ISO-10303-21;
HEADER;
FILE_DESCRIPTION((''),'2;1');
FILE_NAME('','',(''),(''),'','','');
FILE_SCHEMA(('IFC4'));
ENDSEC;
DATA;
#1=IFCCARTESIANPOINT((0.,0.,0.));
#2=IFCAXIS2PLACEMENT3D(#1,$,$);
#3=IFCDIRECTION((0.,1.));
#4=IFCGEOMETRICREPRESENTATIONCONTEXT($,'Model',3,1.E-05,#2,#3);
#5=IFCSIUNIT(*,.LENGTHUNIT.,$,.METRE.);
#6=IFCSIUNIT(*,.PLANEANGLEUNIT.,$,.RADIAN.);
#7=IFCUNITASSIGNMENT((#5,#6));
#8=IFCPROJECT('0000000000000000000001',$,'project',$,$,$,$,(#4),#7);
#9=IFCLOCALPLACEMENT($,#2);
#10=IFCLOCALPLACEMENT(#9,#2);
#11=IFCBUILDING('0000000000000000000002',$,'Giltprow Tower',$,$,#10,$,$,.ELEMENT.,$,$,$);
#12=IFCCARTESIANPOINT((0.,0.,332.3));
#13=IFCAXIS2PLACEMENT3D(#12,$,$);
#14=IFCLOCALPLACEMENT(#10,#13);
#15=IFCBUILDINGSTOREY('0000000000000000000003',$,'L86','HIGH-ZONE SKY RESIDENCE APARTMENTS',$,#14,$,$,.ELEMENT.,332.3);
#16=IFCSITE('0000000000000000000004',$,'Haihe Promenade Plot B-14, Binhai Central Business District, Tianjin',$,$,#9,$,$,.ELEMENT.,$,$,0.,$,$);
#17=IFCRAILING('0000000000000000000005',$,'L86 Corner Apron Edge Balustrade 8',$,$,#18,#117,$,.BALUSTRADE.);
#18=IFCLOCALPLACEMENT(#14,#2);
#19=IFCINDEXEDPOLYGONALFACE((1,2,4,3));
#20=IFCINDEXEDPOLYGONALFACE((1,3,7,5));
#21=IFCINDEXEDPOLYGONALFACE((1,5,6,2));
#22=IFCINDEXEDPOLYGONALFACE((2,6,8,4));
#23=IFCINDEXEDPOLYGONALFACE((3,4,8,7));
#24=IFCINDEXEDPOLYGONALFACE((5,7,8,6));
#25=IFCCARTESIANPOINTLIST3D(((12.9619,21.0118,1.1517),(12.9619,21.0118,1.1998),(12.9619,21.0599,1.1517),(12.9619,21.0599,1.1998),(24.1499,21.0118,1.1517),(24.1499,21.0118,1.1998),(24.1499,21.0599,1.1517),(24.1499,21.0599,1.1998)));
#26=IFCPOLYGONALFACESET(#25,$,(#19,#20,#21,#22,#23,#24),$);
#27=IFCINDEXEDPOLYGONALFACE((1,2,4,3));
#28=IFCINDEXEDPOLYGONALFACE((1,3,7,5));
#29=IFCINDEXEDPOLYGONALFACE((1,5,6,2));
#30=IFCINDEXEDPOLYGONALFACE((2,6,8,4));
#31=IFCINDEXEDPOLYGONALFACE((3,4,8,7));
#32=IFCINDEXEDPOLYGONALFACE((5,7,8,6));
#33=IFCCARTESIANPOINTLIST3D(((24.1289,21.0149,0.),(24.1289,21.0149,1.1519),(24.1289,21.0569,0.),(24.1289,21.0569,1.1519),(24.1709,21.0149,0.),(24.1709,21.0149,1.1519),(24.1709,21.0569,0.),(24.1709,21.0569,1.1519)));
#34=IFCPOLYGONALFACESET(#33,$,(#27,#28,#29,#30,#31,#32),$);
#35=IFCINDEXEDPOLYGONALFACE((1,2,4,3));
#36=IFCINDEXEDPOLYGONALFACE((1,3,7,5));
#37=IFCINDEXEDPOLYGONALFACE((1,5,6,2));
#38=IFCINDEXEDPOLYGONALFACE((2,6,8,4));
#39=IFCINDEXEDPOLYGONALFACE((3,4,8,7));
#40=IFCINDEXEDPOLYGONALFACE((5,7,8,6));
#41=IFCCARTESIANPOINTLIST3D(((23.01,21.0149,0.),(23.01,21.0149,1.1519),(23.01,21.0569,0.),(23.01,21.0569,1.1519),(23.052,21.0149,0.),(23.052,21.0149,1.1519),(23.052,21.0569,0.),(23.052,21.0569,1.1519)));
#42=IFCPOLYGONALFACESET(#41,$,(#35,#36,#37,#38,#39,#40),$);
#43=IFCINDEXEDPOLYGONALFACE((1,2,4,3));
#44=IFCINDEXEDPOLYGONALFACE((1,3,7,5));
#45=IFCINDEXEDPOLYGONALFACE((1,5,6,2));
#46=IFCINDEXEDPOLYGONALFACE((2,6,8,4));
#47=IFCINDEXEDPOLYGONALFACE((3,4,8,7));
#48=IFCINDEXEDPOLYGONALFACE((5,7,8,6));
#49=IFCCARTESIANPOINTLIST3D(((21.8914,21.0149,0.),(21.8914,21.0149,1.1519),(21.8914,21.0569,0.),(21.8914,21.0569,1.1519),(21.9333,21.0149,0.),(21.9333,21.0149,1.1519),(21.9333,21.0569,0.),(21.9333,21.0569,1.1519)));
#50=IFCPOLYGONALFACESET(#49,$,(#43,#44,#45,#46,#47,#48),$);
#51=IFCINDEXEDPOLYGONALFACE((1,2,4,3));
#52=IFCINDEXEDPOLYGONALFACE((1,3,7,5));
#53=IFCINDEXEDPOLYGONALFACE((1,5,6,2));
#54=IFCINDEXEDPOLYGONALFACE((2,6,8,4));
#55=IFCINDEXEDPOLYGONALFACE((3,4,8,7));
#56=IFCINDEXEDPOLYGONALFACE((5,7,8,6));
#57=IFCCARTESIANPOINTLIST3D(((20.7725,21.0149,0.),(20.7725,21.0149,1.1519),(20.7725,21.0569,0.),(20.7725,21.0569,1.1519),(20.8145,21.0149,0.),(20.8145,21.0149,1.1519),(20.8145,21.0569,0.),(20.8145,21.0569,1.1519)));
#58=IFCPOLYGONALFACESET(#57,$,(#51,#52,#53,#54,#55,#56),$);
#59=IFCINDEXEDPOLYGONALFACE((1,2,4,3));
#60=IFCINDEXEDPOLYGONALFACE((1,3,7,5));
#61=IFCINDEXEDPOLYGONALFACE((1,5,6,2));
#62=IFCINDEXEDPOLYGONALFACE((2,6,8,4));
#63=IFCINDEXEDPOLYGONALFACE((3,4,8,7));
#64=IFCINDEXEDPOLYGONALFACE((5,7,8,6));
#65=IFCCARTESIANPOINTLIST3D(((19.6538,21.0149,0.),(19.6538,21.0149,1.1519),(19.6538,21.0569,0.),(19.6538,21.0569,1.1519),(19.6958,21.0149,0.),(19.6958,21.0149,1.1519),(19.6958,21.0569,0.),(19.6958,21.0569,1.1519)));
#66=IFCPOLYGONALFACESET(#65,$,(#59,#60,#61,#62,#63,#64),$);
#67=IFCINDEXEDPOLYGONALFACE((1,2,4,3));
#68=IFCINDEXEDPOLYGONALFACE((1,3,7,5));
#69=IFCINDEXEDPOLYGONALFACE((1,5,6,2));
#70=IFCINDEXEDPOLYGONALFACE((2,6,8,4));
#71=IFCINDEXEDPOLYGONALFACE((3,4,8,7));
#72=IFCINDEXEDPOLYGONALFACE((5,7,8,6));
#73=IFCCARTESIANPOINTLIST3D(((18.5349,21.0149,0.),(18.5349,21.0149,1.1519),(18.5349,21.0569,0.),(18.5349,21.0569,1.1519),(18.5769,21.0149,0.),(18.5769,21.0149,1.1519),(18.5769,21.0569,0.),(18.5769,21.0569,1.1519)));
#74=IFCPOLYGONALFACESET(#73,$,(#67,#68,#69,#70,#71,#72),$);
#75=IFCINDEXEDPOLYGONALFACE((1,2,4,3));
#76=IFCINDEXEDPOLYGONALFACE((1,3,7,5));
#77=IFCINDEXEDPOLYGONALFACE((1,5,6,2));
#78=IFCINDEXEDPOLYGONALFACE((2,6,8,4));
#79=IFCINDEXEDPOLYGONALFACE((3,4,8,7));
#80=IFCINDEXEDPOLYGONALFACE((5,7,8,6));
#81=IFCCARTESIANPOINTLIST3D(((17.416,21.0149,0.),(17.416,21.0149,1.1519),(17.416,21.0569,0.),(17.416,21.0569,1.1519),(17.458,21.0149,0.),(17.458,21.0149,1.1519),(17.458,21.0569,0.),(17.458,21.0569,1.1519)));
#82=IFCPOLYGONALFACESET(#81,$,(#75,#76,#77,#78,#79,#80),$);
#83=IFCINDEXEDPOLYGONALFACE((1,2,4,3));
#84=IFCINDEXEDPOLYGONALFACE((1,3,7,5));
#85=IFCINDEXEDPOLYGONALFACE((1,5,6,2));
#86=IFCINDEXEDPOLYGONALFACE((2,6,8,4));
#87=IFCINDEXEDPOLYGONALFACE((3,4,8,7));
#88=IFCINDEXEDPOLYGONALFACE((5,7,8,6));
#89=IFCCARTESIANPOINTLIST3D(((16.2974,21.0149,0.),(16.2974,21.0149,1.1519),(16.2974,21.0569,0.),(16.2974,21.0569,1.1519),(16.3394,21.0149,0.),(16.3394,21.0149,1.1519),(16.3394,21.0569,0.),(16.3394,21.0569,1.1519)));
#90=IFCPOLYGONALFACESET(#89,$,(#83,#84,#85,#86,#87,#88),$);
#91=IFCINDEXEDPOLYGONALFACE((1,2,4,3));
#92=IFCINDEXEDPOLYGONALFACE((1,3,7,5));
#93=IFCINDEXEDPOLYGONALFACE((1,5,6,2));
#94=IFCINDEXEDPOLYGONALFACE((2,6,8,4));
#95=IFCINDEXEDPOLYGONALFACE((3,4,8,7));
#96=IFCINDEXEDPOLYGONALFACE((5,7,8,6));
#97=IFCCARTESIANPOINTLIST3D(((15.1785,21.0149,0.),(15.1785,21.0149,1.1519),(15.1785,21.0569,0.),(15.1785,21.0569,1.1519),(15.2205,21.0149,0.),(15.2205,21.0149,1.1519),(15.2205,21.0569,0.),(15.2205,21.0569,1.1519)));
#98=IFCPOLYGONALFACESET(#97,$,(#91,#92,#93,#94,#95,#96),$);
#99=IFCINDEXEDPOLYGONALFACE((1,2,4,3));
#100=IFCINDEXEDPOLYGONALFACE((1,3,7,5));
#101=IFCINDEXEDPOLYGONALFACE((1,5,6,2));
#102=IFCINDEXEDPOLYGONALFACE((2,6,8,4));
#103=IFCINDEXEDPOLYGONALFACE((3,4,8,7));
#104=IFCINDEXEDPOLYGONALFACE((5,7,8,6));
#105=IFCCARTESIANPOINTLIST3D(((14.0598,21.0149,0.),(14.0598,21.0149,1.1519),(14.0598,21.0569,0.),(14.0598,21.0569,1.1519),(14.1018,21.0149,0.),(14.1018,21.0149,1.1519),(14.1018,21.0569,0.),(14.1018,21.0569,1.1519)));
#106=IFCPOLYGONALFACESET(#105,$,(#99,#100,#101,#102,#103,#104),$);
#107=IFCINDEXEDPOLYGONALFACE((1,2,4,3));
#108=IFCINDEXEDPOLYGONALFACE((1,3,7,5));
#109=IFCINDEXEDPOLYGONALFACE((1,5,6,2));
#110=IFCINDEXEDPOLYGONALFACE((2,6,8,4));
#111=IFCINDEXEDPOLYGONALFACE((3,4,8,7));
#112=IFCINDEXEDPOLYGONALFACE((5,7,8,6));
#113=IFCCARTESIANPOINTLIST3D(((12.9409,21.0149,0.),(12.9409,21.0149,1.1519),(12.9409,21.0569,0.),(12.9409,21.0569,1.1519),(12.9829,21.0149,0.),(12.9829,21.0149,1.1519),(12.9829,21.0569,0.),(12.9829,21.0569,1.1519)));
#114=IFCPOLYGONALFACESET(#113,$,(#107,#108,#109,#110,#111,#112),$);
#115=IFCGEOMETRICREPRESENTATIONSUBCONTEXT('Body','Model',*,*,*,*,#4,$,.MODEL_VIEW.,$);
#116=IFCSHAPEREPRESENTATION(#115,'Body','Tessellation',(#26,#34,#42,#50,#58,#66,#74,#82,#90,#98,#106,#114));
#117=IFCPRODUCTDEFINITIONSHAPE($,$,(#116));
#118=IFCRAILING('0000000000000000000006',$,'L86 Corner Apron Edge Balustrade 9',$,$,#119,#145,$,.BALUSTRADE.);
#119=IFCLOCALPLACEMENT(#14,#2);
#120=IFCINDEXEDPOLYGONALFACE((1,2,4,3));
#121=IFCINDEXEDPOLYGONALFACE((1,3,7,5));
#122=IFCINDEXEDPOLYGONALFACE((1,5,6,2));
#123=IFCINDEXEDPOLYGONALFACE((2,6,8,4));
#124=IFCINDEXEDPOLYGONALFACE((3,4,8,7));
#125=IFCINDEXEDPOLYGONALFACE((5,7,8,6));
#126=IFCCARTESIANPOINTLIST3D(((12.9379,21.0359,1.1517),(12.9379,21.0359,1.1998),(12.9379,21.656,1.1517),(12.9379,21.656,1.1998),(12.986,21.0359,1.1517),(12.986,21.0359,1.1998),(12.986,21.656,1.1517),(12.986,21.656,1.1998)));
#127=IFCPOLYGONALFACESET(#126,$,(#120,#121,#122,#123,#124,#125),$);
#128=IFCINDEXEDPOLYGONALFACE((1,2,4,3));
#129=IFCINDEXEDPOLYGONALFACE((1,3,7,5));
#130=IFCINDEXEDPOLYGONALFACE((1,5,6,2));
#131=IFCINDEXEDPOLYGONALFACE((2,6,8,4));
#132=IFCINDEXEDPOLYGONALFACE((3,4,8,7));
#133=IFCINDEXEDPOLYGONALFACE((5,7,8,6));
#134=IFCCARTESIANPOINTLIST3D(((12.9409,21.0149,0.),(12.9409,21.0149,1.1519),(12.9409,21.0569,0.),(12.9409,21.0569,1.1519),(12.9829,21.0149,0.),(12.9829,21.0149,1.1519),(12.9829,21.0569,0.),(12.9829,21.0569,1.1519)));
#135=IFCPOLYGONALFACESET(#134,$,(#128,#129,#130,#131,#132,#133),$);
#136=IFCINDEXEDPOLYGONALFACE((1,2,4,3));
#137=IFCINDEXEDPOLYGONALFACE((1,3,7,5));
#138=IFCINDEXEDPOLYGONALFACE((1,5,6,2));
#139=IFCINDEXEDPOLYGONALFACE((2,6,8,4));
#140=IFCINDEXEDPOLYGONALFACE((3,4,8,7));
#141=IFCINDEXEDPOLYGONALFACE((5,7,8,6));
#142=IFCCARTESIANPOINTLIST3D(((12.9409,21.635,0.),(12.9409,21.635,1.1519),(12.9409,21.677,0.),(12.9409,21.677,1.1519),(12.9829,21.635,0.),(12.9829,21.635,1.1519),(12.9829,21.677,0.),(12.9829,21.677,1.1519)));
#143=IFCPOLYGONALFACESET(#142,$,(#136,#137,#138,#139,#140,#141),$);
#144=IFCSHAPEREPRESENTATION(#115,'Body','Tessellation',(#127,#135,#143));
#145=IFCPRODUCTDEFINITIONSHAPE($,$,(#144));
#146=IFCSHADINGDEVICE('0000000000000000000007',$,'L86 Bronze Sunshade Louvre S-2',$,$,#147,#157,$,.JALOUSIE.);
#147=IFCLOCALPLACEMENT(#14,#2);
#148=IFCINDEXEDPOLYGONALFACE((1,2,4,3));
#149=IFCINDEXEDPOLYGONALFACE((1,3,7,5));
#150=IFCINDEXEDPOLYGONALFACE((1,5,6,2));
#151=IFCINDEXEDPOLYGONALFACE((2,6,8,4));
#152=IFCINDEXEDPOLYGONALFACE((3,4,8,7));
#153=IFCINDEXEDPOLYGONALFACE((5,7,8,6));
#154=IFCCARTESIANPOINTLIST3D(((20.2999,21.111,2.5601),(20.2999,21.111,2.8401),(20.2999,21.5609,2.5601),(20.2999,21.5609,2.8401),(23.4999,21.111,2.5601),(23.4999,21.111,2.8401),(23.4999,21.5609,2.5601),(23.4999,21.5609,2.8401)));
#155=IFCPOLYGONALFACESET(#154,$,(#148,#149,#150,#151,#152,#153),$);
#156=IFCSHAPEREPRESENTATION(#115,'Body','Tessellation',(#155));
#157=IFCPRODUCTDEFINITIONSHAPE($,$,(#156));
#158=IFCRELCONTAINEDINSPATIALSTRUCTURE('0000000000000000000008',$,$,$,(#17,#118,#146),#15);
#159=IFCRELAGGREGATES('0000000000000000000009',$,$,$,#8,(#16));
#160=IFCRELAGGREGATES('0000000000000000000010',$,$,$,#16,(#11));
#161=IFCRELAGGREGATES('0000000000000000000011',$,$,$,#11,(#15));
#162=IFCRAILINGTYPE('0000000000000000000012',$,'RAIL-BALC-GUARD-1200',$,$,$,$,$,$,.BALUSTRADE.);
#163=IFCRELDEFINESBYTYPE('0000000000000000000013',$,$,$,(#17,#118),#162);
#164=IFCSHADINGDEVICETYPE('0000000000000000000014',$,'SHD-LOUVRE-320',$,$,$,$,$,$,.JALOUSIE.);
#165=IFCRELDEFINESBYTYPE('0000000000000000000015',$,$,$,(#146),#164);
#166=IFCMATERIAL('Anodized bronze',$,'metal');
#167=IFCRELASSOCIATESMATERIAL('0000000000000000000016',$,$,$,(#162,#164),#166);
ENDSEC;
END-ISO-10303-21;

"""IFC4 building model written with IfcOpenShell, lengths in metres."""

from ifc_helpers import new_model, si_unit, direction, frame, origin, origin_2d, place, context, subcontext, project, spatial, rectangle, extrude, source, transform, mapped, material, type_object, element, save


model = new_model("IFC4")

# Units and contexts
model_context = context("Model", 3, precision=1e-05, world=origin(), true_north=direction((0.0, 1.0)))
body_context = subcontext(model_context, "Body", "Model", "MODEL_VIEW")
ifc_project = project(units=[si_unit("LENGTHUNIT", "METRE"), si_unit("PLANEANGLEUNIT", "RADIAN")], contexts=[model_context])

# Site, building, storey
site_placement = place(None, origin())
site = spatial("IfcSite", under=ifc_project, at=site_placement, Name="Haihe Promenade Plot B-14, Binhai Central Business District, Tianjin", CompositionType="ELEMENT", RefElevation=0.0)
building_placement = place(site_placement, origin())
building = spatial("IfcBuilding", under=site, at=building_placement, Name="Giltprow Tower", CompositionType="ELEMENT")
storey_placement = place(building_placement, frame((0.0, 0.0, 332.3)))
storey = spatial("IfcBuildingStorey", under=building, at=storey_placement, Name="L86", Description="HIGH-ZONE SKY RESIDENCE APARTMENTS", CompositionType="ELEMENT", Elevation=332.3)

# Shared definitions
ifc_material_1 = material(Name="Anodized bronze", Category="metal")

# Railings
railing_type = type_object("IfcRailingType", Name="RAIL-BALC-GUARD-1200", PredefinedType="BALUSTRADE", material=ifc_material_1)
railing_1_placement = place(storey_placement, frame((24.1499, 21.0359, 0.0)))
element("IfcRailing", 1, at=railing_1_placement, inside=storey, type_object=railing_type, Name="L86 Corner Apron Edge Balustrade 8", PredefinedType="BALUSTRADE", context=body_context, shape_type="SweptSolid", body=[
    extrude(rectangle(XDim=0.0481, YDim=0.0481, at=origin_2d()), frame((0.0, 0.0, 1.1758), z_axis=(-1.0, 0.0, 0.0), x_axis=(0.0, -1.0, 0.0)), (0.0, 0.0, 1.0), 11.188),
    extrude(rectangle(XDim=0.042, YDim=0.042, at=origin_2d()), origin(), (0.0, 0.0, 1.0), 1.1519),
    extrude(rectangle(XDim=0.042, YDim=0.042, at=origin_2d()), frame((-1.1189, 0.0, 0.0)), (0.0, 0.0, 1.0), 1.1519),
    extrude(rectangle(XDim=0.042, YDim=0.042, at=origin_2d()), frame((-2.2375, 0.0, 0.0)), (0.0, 0.0, 1.0), 1.1519),
    extrude(rectangle(XDim=0.042, YDim=0.042, at=origin_2d()), frame((-3.3564, 0.0, 0.0)), (0.0, 0.0, 1.0), 1.1519),
    extrude(rectangle(XDim=0.042, YDim=0.042, at=origin_2d()), frame((-4.4751, 0.0, 0.0)), (0.0, 0.0, 1.0), 1.1519),
    extrude(rectangle(XDim=0.042, YDim=0.042, at=origin_2d()), frame((-5.594, 0.0, 0.0)), (0.0, 0.0, 1.0), 1.1519),
    extrude(rectangle(XDim=0.042, YDim=0.042, at=origin_2d()), frame((-6.7129, 0.0, 0.0)), (0.0, 0.0, 1.0), 1.1519),
    extrude(rectangle(XDim=0.042, YDim=0.042, at=origin_2d()), frame((-7.8315, 0.0, 0.0)), (0.0, 0.0, 1.0), 1.1519),
    extrude(rectangle(XDim=0.042, YDim=0.042, at=origin_2d()), frame((-8.9504, 0.0, 0.0)), (0.0, 0.0, 1.0), 1.1519),
    extrude(rectangle(XDim=0.042, YDim=0.042, at=origin_2d()), frame((-10.0691, 0.0, 0.0)), (0.0, 0.0, 1.0), 1.1519),
    extrude(rectangle(XDim=0.042, YDim=0.042, at=origin_2d()), frame((-11.188, 0.0, 0.0)), (0.0, 0.0, 1.0), 1.1519),
])
railing_2_placement = place(storey_placement, frame((12.9619, 21.0359, 0.0)))
element("IfcRailing", 2, at=railing_2_placement, inside=storey, type_object=railing_type, Name="L86 Corner Apron Edge Balustrade 9", PredefinedType="BALUSTRADE", context=body_context, shape_type="SweptSolid", body=[
    extrude(rectangle(XDim=0.0481, YDim=0.0481, at=origin_2d()), frame((0.0, 0.0, 1.1758), z_axis=(0.0, 1.0, 0.0), x_axis=(-1.0, 0.0, 0.0)), (0.0, 0.0, 1.0), 0.6201),
    extrude(rectangle(XDim=0.042, YDim=0.042, at=origin_2d()), origin(), (0.0, 0.0, 1.0), 1.1519),
    extrude(rectangle(XDim=0.042, YDim=0.042, at=origin_2d()), frame((0.0, 0.6201, 0.0)), (0.0, 0.0, 1.0), 1.1519),
])

# Shading device
shading_device_type = type_object("IfcShadingDeviceType", Name="SHD-LOUVRE-320", PredefinedType="JALOUSIE", material=ifc_material_1)
shared_shape_1 = source(origin(), body_context, "Body", "SweptSolid", [
    extrude(rectangle(XDim=3.2, YDim=0.45, at=origin_2d()), origin(), (0.0, 0.0, 1.0), 0.28),
])
shading_device_placement = place(storey_placement, frame((21.8999, 21.3359, 2.5601), z_axis=(0.0, 0.0, 1.0), x_axis=(1.0, 0.0, 0.0)))
element("IfcShadingDevice", 3, at=shading_device_placement, inside=storey, type_object=shading_device_type, Name="L86 Bronze Sunshade Louvre S-2", PredefinedType="JALOUSIE", context=body_context, shape_type="MappedRepresentation", body=[
    mapped(shared_shape_1, transform((0.0, 0.0, 0.0), x_axis=(1.0, 0.0, 0.0), y_axis=(0.0, 1.0, 0.0), z_axis=(0.0, 0.0, 1.0), scale=1.0)),
])

save(model, "model.ifc")
